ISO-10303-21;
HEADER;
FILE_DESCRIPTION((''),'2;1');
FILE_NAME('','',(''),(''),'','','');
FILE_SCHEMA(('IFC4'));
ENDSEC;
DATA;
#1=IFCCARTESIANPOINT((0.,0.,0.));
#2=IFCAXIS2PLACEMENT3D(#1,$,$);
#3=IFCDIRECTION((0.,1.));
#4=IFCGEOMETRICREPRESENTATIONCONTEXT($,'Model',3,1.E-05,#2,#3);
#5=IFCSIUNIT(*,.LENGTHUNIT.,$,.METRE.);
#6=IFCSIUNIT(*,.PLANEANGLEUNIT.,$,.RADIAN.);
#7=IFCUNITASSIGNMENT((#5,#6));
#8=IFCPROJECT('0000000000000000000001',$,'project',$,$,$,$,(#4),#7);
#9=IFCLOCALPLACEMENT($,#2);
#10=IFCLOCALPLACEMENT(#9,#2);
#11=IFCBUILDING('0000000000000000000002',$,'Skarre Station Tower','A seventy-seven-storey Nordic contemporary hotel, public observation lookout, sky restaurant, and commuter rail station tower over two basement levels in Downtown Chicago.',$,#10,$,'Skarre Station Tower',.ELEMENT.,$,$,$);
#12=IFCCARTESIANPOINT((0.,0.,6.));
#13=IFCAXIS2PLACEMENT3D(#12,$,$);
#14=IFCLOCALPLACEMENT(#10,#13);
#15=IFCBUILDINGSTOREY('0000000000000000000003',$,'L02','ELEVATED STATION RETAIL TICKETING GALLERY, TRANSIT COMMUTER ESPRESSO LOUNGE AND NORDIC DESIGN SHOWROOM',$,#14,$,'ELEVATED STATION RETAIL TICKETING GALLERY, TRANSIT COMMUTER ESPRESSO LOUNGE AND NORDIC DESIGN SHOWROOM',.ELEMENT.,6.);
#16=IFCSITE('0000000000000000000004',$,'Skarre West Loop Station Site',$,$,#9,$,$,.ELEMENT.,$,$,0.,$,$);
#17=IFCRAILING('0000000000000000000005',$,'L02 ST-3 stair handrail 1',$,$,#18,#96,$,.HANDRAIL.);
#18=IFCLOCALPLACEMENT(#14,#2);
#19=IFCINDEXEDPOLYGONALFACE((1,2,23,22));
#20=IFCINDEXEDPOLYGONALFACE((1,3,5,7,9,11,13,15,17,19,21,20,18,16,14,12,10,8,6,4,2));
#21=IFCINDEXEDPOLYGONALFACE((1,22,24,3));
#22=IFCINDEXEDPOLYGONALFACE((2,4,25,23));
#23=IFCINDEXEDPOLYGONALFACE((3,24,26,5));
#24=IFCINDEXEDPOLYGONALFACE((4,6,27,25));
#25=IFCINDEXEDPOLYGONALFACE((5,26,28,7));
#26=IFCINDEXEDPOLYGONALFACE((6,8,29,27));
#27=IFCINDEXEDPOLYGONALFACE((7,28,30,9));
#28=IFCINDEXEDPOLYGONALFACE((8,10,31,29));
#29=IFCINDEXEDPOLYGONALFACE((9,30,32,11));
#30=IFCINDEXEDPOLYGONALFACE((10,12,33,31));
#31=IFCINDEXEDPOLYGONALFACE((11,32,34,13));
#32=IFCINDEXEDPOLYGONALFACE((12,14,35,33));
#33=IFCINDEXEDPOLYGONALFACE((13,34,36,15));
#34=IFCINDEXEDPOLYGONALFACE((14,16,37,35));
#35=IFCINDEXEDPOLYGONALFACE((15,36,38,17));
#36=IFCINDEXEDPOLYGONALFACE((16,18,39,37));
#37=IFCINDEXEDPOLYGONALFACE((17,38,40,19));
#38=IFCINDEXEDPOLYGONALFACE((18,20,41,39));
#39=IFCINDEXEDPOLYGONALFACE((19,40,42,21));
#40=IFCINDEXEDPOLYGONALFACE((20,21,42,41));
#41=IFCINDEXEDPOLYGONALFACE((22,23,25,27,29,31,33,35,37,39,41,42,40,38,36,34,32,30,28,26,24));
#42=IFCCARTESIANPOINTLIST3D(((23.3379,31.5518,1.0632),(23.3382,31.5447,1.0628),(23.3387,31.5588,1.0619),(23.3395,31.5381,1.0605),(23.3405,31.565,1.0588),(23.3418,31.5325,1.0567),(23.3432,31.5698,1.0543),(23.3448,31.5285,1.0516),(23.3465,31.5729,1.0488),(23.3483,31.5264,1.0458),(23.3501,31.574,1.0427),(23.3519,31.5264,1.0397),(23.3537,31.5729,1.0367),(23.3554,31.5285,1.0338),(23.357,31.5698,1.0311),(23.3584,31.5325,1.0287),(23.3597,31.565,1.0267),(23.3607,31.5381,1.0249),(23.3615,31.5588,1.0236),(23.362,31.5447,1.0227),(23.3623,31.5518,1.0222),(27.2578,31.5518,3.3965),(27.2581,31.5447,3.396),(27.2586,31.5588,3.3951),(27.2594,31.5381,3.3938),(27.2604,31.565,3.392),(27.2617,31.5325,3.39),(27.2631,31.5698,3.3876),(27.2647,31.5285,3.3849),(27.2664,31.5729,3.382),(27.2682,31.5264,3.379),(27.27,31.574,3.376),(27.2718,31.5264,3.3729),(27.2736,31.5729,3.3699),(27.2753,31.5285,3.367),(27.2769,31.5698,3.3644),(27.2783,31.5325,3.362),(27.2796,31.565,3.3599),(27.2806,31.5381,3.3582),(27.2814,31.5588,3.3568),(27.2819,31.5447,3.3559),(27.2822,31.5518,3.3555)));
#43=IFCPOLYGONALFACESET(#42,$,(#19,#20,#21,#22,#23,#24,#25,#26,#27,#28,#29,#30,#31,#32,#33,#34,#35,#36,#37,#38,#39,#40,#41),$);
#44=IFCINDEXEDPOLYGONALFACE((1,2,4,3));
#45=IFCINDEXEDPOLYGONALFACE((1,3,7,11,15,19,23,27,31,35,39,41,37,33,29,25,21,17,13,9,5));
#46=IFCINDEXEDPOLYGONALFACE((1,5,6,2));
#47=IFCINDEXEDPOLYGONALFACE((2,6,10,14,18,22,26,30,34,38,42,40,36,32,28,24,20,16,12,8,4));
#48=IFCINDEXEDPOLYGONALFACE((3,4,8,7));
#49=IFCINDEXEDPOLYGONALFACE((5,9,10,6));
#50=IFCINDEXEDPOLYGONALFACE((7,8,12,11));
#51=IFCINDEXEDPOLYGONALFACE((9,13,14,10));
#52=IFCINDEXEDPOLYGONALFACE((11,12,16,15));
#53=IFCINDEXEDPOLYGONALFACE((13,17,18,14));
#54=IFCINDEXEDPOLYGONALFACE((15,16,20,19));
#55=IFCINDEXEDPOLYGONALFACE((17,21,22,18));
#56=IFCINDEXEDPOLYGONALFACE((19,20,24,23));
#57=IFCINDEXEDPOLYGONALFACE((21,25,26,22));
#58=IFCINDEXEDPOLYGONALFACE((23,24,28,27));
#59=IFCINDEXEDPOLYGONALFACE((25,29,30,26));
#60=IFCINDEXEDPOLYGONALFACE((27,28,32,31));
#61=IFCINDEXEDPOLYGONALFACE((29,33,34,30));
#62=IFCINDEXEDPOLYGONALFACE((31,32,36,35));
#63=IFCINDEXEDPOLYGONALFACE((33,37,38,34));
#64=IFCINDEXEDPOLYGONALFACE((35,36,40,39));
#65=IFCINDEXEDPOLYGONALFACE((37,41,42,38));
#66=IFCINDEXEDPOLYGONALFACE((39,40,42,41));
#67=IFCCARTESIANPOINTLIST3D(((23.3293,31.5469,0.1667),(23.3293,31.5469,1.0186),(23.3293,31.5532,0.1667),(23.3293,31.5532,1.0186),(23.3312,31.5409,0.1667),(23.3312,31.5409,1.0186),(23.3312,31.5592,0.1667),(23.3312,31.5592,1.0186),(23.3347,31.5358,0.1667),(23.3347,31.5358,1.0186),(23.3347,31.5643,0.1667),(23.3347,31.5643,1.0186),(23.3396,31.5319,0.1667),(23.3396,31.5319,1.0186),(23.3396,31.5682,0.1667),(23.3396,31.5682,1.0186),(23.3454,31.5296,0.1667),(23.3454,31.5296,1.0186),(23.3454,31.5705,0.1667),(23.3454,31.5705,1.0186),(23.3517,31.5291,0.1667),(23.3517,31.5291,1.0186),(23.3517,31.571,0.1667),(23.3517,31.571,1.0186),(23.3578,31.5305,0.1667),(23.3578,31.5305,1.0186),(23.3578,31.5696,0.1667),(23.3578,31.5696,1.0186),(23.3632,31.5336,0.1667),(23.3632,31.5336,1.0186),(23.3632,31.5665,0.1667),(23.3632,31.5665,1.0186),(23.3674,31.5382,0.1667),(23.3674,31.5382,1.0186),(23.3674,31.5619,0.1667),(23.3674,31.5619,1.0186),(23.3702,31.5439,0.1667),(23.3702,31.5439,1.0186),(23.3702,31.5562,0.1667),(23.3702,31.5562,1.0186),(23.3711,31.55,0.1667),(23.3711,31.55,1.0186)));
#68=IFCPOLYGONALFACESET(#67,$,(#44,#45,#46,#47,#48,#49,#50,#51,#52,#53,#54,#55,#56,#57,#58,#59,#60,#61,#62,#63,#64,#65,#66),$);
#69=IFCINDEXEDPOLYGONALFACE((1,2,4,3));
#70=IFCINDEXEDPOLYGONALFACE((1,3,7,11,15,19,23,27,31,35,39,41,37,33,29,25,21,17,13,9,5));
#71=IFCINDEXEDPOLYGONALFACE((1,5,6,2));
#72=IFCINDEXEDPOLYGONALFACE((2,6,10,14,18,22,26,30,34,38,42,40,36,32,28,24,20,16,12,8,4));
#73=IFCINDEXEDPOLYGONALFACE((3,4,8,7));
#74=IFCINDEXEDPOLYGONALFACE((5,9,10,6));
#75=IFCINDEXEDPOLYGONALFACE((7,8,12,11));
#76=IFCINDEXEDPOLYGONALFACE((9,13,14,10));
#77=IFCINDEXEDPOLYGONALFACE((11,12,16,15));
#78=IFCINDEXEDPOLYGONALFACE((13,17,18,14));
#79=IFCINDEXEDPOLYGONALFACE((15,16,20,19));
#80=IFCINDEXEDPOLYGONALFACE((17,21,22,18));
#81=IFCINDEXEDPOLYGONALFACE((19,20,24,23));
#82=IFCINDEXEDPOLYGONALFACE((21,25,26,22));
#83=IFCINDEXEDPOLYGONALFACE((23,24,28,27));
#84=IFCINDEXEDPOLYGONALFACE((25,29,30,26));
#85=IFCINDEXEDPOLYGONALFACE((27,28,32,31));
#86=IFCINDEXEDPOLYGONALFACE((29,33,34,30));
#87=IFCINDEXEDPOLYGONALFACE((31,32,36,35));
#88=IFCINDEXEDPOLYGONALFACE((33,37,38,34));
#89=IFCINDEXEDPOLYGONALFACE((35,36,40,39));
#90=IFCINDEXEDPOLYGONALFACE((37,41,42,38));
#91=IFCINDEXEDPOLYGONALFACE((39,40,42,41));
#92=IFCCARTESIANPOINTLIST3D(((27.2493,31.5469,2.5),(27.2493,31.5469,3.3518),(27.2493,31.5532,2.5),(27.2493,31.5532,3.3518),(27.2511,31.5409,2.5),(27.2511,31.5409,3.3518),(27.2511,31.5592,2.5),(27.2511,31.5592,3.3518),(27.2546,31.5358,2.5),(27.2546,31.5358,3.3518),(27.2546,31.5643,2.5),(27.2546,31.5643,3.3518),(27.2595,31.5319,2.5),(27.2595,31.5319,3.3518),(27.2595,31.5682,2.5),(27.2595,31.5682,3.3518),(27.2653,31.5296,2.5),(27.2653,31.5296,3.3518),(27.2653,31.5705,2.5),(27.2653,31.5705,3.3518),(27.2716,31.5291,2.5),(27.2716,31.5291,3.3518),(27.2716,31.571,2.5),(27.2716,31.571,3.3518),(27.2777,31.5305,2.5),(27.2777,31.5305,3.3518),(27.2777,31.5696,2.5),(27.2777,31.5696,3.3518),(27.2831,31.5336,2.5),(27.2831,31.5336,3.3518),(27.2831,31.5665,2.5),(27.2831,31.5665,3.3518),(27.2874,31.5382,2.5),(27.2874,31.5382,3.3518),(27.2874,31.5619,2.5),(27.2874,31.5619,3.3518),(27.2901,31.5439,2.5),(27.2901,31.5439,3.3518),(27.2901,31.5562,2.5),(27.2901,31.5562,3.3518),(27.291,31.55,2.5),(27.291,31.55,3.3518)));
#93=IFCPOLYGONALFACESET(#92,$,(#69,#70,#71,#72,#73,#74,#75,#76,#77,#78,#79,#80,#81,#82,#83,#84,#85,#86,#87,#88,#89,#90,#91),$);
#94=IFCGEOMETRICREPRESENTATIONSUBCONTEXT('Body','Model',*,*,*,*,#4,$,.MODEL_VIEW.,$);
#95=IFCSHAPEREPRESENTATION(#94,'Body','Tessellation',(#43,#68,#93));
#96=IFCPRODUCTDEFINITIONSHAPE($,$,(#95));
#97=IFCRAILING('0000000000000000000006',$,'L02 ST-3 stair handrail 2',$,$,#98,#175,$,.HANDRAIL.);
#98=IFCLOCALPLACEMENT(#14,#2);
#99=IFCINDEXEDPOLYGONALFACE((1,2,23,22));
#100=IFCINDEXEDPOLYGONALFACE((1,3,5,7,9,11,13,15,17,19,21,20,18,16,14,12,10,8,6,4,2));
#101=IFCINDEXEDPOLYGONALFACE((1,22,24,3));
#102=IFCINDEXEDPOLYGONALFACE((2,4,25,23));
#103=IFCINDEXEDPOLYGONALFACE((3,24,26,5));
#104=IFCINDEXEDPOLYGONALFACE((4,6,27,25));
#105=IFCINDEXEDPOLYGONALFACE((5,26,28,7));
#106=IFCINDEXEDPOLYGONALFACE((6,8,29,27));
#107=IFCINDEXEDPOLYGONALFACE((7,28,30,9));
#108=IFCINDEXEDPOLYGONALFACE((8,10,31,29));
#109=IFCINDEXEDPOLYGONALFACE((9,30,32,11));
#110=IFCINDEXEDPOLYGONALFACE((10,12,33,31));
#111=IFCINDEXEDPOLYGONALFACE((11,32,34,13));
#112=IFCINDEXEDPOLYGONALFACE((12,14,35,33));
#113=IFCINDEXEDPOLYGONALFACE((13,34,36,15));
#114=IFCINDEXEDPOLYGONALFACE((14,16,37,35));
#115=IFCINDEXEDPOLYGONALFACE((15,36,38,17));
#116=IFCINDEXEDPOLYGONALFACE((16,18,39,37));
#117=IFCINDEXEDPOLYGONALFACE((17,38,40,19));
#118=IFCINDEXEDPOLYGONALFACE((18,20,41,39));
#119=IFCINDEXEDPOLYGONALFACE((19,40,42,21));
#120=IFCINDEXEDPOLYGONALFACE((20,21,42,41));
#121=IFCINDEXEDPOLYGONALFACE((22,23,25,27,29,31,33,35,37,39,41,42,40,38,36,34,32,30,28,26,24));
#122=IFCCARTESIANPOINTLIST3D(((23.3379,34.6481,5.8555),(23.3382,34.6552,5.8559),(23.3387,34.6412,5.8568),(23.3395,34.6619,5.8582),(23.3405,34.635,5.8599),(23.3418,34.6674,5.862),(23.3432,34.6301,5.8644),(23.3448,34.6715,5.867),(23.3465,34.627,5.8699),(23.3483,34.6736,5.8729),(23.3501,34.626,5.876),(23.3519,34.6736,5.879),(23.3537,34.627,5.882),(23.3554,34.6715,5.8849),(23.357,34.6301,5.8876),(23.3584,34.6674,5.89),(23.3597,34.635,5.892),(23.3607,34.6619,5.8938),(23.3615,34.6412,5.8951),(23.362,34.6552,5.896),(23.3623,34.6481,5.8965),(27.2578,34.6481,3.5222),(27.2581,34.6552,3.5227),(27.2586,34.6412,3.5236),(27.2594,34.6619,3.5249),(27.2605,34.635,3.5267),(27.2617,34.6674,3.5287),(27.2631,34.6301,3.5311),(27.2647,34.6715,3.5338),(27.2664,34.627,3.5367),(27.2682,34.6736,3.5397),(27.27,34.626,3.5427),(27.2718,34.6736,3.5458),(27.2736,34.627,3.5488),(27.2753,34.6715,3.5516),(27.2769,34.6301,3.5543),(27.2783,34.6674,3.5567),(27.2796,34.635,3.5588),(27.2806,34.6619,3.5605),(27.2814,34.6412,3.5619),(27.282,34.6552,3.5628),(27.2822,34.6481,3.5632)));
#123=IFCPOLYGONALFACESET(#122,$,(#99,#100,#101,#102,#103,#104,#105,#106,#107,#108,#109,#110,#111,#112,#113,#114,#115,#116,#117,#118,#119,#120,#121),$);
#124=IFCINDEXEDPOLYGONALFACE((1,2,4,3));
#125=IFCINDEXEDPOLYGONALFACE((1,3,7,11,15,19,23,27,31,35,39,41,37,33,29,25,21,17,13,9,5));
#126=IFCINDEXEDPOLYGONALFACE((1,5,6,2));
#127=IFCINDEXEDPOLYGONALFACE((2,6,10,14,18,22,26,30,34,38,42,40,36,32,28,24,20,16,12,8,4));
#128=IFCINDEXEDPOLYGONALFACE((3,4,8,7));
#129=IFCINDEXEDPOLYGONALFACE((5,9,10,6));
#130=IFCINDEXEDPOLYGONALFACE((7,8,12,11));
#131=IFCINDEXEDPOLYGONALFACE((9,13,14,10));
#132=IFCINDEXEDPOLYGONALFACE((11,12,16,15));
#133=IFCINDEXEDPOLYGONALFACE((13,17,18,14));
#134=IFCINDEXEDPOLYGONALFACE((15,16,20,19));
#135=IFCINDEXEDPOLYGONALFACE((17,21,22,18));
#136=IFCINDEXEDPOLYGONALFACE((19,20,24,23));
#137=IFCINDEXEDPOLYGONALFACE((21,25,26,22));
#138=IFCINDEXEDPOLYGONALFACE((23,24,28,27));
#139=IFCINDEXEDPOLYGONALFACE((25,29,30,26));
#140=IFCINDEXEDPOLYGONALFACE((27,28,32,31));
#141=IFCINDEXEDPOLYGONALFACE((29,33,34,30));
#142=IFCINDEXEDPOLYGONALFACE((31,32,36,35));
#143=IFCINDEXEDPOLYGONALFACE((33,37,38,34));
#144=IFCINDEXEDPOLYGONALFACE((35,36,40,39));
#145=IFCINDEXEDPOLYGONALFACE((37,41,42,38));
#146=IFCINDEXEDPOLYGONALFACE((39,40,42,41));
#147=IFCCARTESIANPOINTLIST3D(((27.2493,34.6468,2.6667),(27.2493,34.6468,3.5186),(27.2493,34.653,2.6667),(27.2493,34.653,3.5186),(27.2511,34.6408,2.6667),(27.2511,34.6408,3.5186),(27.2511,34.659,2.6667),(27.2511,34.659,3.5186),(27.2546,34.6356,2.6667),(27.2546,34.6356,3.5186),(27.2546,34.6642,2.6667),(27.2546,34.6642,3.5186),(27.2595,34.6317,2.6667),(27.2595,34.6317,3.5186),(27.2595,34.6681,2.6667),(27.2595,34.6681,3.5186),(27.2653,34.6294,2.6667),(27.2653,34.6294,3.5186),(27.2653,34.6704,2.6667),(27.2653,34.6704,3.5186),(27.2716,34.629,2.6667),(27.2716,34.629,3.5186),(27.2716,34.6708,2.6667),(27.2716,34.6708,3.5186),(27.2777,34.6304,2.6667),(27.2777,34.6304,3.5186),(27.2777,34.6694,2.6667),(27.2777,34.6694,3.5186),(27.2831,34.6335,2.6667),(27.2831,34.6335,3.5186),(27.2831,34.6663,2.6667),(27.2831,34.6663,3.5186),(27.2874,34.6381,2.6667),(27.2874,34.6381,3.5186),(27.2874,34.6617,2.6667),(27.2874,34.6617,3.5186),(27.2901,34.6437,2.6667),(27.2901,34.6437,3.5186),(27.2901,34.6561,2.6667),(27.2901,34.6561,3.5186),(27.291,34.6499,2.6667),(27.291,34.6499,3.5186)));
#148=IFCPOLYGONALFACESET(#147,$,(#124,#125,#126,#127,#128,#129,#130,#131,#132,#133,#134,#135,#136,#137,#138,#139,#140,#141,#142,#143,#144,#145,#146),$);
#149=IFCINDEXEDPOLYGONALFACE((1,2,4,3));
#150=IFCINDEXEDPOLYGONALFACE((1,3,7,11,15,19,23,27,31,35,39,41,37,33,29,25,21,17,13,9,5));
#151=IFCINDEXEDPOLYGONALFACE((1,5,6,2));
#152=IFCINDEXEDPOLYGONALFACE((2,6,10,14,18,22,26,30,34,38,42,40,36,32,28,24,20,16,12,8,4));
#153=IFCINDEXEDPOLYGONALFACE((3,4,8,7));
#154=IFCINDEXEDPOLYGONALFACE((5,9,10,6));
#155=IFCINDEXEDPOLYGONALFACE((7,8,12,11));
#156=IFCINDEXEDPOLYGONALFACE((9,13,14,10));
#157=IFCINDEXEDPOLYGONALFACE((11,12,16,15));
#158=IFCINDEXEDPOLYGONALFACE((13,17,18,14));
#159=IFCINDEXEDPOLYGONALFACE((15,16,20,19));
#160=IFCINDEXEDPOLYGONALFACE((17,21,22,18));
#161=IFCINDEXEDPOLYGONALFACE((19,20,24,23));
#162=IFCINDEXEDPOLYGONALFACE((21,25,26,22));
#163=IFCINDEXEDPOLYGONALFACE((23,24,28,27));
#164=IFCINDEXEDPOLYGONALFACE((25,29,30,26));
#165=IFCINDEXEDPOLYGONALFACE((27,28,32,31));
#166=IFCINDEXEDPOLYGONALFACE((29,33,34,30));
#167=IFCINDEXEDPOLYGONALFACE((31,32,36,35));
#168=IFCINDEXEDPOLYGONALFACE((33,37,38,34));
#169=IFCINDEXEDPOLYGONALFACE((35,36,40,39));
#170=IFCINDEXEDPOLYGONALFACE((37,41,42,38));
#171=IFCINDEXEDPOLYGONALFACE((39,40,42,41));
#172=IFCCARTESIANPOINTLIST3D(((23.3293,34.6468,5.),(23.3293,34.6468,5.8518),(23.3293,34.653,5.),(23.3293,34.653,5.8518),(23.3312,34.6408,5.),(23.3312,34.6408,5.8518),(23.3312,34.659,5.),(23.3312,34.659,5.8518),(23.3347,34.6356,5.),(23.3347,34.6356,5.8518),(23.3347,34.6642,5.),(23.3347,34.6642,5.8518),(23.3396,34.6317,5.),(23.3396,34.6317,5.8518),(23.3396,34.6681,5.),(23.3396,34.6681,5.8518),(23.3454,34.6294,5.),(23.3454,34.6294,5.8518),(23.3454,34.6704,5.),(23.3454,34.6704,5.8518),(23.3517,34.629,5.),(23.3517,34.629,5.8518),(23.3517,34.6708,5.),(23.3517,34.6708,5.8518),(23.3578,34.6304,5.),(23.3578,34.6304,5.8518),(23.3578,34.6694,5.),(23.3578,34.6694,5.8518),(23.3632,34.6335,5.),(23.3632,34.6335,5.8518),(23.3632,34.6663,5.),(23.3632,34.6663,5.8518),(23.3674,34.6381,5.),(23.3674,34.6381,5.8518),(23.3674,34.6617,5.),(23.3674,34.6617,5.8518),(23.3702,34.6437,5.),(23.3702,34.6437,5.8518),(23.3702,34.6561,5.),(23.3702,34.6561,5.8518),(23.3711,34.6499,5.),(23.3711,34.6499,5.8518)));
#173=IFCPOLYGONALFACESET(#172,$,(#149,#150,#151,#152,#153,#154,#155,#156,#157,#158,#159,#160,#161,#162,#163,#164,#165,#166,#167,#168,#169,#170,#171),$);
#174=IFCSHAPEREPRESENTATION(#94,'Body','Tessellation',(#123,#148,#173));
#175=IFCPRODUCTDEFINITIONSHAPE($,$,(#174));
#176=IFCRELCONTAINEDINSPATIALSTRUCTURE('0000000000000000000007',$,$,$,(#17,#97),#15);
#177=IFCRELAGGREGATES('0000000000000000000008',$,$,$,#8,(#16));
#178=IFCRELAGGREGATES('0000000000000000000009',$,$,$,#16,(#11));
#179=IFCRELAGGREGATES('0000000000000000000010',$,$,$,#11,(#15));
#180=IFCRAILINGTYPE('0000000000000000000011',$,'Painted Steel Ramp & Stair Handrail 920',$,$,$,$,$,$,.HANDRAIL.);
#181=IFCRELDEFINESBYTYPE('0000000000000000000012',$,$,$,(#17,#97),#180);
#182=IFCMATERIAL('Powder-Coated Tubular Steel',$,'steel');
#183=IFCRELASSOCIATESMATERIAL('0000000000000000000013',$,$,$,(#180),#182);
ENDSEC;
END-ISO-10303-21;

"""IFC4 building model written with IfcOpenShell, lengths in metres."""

from ifc_helpers import new_model, si_unit, direction, frame, origin, origin_2d, place, context, subcontext, project, spatial, circle, extrude, material, type_object, element, save


model = new_model("IFC4")

# Units and contexts
model_context = context("Model", 3, precision=1e-05, world=origin(), true_north=direction((0.0, 1.0)))
body_context = subcontext(model_context, "Body", "Model", "MODEL_VIEW")
ifc_project = project(units=[si_unit("LENGTHUNIT", "METRE"), si_unit("PLANEANGLEUNIT", "RADIAN")], contexts=[model_context])

# Site, building, storey
site_placement = place(None, origin())
site = spatial("IfcSite", under=ifc_project, at=site_placement, Name="Skarre West Loop Station Site", CompositionType="ELEMENT", RefElevation=0.0)
building_placement = place(site_placement, origin())
building = spatial("IfcBuilding", under=site, at=building_placement, Name="Skarre Station Tower", Description="A seventy-seven-storey Nordic contemporary hotel, public observation lookout, sky restaurant, and commuter rail station tower over two basement levels in Downtown Chicago.", LongName="Skarre Station Tower", CompositionType="ELEMENT")
storey_placement = place(building_placement, frame((0.0, 0.0, 6.0)))
storey = spatial("IfcBuildingStorey", under=building, at=storey_placement, Name="L02", Description="ELEVATED STATION RETAIL TICKETING GALLERY, TRANSIT COMMUTER ESPRESSO LOUNGE AND NORDIC DESIGN SHOWROOM", LongName="ELEVATED STATION RETAIL TICKETING GALLERY, TRANSIT COMMUTER ESPRESSO LOUNGE AND NORDIC DESIGN SHOWROOM", CompositionType="ELEMENT", Elevation=6.0)

# Railings
ifc_material_1 = material(Name="Powder-Coated Tubular Steel", Category="steel")
railing_type_1 = type_object("IfcRailingType", Name="Painted Steel Ramp & Stair Handrail 920", PredefinedType="HANDRAIL", material=ifc_material_1)
railing_1_placement = place(storey_placement, frame((23.3501, 31.55, 0.1667)))
element("IfcRailing", 1, at=railing_1_placement, inside=storey, type_object=railing_type_1, Name="L02 ST-3 stair handrail 1", PredefinedType="HANDRAIL", context=body_context, shape_type="SweptSolid", body=[
    extrude(circle(Radius=0.0239, at=origin_2d()), frame((0.0, 0.0, 0.876), z_axis=(0.859296, 0.0, 0.511478), x_axis=(0.0, 1.0, 0.0)), (0.0, 0.0, 1.0), 4.5618),
    extrude(circle(Radius=0.021, at=origin_2d()), origin(), (0.0, 0.0, 1.0), 0.8518),
    extrude(circle(Radius=0.021, at=origin_2d()), frame((3.9199, 0.0, 2.3333)), (0.0, 0.0, 1.0), 0.8518),
])
railing_2_placement = place(storey_placement, frame((27.27, 34.6499, 2.6667)))
element("IfcRailing", 2, at=railing_2_placement, inside=storey, type_object=railing_type_1, Name="L02 ST-3 stair handrail 2", PredefinedType="HANDRAIL", context=body_context, shape_type="SweptSolid", body=[
    extrude(circle(Radius=0.0239, at=origin_2d()), frame((0.0, 0.0, 0.876), z_axis=(-0.859296, 0.0, 0.511478), x_axis=(0.0, -1.0, 0.0)), (0.0, 0.0, 1.0), 4.5618),
    extrude(circle(Radius=0.021, at=origin_2d()), origin(), (0.0, 0.0, 1.0), 0.8518),
    extrude(circle(Radius=0.021, at=origin_2d()), frame((-3.9199, 0.0, 2.3333)), (0.0, 0.0, 1.0), 0.8518),
])

save(model, "model.ifc")
